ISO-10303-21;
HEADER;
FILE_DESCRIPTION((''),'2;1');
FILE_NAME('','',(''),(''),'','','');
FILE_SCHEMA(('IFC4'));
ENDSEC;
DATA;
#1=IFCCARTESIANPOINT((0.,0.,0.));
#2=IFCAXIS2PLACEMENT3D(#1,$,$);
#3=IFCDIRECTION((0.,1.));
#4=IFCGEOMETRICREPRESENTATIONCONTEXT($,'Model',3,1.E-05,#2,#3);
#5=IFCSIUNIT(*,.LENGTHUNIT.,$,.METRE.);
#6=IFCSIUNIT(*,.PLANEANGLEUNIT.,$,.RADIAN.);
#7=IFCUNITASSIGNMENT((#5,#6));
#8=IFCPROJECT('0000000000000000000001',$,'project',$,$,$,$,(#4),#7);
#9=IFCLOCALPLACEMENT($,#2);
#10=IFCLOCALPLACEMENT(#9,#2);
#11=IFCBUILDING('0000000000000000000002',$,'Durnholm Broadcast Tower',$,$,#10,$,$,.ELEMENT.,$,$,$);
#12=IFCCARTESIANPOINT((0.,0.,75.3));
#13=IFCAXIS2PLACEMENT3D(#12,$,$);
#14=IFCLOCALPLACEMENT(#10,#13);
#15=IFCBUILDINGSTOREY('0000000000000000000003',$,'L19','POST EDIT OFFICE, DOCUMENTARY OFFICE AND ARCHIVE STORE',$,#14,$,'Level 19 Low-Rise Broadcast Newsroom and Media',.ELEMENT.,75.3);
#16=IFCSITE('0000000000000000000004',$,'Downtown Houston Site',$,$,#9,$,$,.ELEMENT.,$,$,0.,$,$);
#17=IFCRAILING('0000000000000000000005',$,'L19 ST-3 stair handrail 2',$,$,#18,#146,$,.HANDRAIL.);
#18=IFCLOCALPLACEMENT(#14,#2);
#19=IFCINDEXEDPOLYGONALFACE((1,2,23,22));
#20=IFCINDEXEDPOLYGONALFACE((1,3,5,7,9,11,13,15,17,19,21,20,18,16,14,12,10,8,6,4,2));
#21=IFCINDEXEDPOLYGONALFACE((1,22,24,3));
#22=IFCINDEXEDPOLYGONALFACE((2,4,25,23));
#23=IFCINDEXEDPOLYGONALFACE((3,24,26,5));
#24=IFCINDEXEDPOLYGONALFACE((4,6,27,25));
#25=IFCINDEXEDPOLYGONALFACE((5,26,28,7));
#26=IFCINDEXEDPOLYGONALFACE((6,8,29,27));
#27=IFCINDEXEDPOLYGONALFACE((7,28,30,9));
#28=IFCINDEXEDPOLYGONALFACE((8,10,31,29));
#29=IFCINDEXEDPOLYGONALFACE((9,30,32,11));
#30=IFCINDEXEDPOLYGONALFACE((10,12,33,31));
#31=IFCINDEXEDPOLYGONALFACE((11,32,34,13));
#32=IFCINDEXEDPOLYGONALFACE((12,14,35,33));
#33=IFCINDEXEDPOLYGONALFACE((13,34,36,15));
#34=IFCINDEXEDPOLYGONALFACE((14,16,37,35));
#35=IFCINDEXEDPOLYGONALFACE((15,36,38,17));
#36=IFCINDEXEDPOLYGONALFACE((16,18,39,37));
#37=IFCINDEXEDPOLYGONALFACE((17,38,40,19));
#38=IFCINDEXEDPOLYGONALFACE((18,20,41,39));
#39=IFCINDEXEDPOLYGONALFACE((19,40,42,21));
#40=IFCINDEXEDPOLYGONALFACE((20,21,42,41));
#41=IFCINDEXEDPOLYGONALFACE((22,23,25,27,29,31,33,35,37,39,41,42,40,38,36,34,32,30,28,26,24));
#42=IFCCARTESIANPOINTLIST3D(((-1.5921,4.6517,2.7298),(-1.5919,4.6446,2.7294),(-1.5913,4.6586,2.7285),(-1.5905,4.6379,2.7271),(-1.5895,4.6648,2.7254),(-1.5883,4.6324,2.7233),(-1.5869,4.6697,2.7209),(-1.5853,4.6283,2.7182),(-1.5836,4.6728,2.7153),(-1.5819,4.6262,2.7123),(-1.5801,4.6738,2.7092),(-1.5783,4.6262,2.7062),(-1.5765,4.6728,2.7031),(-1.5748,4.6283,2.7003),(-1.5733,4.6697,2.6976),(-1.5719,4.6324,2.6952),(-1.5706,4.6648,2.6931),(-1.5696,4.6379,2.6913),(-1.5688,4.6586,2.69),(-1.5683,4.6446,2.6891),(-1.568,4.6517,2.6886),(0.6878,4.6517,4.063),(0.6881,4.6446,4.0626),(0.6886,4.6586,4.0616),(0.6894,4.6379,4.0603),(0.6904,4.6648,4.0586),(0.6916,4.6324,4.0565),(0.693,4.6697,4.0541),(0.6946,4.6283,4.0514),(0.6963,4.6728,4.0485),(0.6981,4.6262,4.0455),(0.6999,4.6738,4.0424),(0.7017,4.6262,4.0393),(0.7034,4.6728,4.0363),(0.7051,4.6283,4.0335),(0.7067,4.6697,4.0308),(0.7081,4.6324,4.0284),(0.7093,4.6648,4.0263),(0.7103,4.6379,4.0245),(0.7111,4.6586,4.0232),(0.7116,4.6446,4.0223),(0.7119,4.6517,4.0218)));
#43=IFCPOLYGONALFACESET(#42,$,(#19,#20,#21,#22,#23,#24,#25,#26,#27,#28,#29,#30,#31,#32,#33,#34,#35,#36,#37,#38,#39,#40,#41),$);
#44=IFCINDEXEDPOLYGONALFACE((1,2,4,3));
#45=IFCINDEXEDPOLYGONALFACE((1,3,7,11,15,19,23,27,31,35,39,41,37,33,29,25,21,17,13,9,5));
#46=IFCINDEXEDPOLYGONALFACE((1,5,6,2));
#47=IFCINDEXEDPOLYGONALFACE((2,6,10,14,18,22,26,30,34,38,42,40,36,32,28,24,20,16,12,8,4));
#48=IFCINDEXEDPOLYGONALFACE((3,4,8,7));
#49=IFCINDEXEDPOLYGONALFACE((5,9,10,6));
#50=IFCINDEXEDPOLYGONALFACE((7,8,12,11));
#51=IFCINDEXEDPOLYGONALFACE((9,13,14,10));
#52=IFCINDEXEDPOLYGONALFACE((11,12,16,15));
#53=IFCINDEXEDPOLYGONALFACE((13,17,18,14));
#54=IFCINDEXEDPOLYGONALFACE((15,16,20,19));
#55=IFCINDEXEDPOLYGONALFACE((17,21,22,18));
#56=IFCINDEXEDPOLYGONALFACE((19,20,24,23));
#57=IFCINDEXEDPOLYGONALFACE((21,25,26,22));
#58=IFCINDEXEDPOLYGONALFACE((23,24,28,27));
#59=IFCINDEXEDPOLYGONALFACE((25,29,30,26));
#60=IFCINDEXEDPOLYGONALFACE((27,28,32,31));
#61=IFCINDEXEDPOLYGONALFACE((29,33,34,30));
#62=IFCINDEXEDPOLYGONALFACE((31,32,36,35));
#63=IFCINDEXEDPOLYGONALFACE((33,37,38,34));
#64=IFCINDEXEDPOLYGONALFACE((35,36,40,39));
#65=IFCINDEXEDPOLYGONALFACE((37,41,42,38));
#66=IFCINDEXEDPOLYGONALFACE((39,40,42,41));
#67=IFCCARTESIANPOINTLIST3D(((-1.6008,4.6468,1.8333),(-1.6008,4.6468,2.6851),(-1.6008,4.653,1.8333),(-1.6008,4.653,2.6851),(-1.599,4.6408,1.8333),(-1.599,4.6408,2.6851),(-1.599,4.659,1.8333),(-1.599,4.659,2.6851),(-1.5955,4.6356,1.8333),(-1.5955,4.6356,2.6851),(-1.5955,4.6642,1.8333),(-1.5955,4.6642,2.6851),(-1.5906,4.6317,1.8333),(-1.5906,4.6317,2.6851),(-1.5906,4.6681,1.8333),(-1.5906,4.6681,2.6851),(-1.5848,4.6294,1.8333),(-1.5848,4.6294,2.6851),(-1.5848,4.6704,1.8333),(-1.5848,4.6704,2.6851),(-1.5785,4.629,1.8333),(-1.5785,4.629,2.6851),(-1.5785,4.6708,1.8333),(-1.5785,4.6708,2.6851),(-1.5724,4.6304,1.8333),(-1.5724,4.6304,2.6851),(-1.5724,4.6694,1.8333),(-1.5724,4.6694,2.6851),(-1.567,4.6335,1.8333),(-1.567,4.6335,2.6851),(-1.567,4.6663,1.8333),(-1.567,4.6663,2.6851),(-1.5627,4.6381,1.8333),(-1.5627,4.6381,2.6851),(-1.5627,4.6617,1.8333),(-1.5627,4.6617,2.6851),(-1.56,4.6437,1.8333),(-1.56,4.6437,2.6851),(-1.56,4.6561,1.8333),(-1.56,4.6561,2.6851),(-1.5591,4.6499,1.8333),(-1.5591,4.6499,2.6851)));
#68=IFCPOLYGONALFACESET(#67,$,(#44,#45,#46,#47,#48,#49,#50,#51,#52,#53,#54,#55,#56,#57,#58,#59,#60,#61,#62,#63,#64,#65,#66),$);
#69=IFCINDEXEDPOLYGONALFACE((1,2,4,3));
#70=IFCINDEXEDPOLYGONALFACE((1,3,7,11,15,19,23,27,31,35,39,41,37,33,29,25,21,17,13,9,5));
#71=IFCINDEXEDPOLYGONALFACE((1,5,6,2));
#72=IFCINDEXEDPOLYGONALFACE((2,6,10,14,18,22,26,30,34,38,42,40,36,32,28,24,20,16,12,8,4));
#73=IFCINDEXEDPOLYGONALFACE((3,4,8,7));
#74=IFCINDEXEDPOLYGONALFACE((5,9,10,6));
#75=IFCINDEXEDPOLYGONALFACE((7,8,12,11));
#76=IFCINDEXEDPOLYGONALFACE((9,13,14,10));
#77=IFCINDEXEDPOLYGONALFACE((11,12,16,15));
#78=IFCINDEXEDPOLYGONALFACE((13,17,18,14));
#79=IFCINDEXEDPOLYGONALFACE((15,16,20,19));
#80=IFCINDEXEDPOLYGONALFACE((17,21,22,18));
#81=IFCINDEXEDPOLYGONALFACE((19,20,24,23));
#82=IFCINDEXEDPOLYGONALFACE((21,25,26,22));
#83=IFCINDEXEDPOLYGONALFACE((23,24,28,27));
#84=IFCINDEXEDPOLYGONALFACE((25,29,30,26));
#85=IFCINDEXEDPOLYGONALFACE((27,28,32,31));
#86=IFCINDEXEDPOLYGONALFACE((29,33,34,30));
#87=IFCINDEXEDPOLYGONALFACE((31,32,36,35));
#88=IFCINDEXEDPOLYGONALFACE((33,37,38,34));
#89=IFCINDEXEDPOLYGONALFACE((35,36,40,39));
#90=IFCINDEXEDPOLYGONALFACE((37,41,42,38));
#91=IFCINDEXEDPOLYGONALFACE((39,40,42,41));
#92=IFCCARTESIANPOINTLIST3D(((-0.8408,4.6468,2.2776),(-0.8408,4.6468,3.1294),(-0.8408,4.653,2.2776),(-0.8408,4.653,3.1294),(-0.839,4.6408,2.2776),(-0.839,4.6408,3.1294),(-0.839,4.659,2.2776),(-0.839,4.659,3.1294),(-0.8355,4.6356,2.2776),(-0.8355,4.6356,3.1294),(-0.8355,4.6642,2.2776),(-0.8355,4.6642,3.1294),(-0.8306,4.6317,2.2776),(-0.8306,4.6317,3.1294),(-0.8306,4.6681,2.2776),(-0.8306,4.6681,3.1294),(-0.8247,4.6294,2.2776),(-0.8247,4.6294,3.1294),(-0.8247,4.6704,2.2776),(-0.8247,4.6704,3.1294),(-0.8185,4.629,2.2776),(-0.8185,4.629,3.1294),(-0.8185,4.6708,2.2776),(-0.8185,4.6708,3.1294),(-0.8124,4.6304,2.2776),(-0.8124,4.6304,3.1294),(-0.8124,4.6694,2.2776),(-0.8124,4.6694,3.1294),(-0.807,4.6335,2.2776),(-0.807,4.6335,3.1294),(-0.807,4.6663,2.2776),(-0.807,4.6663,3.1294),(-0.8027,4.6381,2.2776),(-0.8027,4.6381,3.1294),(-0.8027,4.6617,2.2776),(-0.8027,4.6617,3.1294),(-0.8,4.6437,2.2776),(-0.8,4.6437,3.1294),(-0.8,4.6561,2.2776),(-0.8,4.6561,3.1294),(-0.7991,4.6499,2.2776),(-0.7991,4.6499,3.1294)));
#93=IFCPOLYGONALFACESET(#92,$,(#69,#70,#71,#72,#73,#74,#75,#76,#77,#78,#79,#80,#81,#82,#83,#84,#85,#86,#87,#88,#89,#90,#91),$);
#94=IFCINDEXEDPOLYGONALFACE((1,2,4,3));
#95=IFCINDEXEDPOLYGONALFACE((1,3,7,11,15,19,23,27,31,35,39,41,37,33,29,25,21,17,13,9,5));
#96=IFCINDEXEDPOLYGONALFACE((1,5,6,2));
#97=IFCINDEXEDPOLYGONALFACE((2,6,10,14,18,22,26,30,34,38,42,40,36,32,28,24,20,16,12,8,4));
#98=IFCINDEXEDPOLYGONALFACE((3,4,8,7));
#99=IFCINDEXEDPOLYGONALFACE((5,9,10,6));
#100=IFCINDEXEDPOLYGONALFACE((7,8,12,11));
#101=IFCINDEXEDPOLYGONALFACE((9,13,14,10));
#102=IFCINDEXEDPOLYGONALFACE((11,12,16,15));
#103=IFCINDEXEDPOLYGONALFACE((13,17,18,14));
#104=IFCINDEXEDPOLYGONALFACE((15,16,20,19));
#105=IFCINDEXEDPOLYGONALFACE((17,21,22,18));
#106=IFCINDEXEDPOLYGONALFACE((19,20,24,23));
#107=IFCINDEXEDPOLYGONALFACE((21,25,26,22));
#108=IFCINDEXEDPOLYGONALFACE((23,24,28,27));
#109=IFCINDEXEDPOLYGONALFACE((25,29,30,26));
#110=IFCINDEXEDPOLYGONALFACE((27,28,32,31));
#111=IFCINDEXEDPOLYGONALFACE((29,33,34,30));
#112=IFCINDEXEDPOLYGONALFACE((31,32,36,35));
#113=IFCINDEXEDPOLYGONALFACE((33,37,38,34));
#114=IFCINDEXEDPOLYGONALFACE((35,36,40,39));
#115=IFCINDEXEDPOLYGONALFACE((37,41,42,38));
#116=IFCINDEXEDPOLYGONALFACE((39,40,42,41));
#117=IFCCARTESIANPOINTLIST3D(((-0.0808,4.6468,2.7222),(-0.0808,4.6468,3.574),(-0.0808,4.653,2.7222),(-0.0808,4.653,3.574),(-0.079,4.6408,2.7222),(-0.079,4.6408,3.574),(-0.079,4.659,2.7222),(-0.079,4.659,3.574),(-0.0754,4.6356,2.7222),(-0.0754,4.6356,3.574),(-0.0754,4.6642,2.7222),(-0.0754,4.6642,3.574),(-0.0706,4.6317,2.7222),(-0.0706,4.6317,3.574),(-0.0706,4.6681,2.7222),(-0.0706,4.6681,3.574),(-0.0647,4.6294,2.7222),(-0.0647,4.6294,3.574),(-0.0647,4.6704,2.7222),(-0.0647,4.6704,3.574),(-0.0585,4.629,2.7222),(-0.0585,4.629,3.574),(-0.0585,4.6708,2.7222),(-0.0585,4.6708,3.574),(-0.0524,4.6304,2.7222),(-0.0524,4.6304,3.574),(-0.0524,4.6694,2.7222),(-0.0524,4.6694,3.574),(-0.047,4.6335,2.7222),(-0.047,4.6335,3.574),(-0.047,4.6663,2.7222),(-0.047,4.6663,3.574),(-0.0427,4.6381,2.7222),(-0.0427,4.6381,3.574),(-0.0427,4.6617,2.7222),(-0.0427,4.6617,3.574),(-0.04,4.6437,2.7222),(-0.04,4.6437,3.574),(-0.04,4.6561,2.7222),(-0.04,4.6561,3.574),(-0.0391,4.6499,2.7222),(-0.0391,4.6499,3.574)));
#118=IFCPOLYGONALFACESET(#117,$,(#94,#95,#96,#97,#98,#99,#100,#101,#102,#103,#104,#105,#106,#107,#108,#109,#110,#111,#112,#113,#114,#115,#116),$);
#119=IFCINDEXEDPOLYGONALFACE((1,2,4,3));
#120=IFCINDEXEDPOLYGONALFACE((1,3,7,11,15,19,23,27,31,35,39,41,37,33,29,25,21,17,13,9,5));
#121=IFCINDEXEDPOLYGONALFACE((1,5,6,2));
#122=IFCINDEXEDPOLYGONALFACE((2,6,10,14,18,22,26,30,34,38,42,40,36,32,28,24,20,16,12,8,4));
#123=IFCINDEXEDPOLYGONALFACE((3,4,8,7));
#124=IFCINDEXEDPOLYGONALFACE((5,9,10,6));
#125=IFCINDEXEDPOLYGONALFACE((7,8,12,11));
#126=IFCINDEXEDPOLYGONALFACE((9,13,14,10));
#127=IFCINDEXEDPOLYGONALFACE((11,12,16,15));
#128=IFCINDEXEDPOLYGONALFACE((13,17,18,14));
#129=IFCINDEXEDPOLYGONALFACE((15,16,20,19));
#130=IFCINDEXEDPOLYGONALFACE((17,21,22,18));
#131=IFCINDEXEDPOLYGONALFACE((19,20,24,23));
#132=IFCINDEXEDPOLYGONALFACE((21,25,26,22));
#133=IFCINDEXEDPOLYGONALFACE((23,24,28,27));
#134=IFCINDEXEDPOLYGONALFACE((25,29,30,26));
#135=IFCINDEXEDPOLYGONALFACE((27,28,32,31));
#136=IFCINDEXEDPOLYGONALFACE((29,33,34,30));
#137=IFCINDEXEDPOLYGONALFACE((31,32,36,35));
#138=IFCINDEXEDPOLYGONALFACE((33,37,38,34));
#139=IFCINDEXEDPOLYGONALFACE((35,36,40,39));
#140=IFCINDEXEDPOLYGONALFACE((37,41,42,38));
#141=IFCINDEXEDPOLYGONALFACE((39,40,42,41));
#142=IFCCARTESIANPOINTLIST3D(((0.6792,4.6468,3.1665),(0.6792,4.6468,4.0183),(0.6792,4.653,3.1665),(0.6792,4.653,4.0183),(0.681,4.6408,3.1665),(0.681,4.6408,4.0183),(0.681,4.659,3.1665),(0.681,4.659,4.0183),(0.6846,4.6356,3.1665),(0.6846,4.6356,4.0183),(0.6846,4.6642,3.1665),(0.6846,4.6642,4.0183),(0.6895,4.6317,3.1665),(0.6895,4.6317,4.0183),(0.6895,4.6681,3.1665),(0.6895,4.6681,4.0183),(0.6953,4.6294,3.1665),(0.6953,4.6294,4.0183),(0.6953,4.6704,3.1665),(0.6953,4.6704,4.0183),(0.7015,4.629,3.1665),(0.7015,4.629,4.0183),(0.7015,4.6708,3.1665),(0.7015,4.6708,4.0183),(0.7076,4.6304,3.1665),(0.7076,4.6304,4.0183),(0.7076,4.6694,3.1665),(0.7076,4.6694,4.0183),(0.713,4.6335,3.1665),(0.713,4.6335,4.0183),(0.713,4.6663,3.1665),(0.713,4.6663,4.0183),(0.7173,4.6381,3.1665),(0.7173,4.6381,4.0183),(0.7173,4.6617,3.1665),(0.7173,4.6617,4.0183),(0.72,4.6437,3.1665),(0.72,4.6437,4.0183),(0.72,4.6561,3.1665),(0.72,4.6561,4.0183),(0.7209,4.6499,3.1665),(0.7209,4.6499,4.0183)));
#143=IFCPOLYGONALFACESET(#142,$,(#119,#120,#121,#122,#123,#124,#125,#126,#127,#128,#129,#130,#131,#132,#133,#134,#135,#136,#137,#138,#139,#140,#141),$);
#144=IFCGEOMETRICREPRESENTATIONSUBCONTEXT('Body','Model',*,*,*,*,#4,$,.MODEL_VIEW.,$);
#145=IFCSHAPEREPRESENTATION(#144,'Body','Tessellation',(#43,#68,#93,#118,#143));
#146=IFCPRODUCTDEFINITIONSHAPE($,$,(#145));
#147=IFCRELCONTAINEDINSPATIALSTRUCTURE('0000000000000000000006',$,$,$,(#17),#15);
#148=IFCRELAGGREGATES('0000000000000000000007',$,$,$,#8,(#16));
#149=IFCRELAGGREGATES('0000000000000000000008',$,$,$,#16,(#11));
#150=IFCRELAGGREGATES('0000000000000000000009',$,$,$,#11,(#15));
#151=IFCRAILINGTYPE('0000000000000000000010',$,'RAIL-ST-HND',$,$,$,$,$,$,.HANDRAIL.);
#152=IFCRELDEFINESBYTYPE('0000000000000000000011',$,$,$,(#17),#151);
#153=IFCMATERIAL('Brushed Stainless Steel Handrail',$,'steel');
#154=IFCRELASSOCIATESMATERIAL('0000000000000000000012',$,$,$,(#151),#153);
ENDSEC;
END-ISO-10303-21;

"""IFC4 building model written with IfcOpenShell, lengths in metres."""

from ifc_helpers import new_model, si_unit, direction, frame, origin, origin_2d, place, context, subcontext, project, spatial, circle, extrude, material, type_object, element, save


model = new_model("IFC4")

# Units and contexts
model_context = context("Model", 3, precision=1e-05, world=origin(), true_north=direction((0.0, 1.0)))
body_context = subcontext(model_context, "Body", "Model", "MODEL_VIEW")
ifc_project = project(units=[si_unit("LENGTHUNIT", "METRE"), si_unit("PLANEANGLEUNIT", "RADIAN")], contexts=[model_context])

# Site, building, storey
site_placement = place(None, origin())
site = spatial("IfcSite", under=ifc_project, at=site_placement, Name="Downtown Houston Site", CompositionType="ELEMENT", RefElevation=0.0)
building_placement = place(site_placement, origin())
building = spatial("IfcBuilding", under=site, at=building_placement, Name="Durnholm Broadcast Tower", CompositionType="ELEMENT")
storey_placement = place(building_placement, frame((0.0, 0.0, 75.3)))
storey = spatial("IfcBuildingStorey", under=building, at=storey_placement, Name="L19", Description="POST EDIT OFFICE, DOCUMENTARY OFFICE AND ARCHIVE STORE", LongName="Level 19 Low-Rise Broadcast Newsroom and Media", CompositionType="ELEMENT", Elevation=75.3)

# Railing
ifc_material_1 = material(Name="Brushed Stainless Steel Handrail", Category="steel")
railing_type_1 = type_object("IfcRailingType", Name="RAIL-ST-HND", PredefinedType="HANDRAIL", material=ifc_material_1)
railing_1_placement = place(storey_placement, frame((-1.5801, 4.6499, 1.8333)))
element("IfcRailing", 1, at=railing_1_placement, inside=storey, type_object=railing_type_1, Name="L19 ST-3 stair handrail 2", PredefinedType="HANDRAIL", context=body_context, shape_type="SweptSolid", body=[
    extrude(circle(Radius=0.0239, at=origin_2d()), frame((0.0, 0.0, 0.876), z_axis=(0.863245, 0.0, 0.504785), x_axis=(0.0, 1.0, 0.0)), (0.0, 0.0, 1.0), 2.6411),
    extrude(circle(Radius=0.021, at=origin_2d()), origin(), (0.0, 0.0, 1.0), 0.8518),
    extrude(circle(Radius=0.021, at=origin_2d()), frame((0.76, 0.0, 0.4443)), (0.0, 0.0, 1.0), 0.8518),
    extrude(circle(Radius=0.021, at=origin_2d()), frame((1.52, 0.0, 0.8889)), (0.0, 0.0, 1.0), 0.8518),
    extrude(circle(Radius=0.021, at=origin_2d()), frame((2.28, 0.0, 1.3333)), (0.0, 0.0, 1.0), 0.8518),
])

save(model, "model.ifc")
